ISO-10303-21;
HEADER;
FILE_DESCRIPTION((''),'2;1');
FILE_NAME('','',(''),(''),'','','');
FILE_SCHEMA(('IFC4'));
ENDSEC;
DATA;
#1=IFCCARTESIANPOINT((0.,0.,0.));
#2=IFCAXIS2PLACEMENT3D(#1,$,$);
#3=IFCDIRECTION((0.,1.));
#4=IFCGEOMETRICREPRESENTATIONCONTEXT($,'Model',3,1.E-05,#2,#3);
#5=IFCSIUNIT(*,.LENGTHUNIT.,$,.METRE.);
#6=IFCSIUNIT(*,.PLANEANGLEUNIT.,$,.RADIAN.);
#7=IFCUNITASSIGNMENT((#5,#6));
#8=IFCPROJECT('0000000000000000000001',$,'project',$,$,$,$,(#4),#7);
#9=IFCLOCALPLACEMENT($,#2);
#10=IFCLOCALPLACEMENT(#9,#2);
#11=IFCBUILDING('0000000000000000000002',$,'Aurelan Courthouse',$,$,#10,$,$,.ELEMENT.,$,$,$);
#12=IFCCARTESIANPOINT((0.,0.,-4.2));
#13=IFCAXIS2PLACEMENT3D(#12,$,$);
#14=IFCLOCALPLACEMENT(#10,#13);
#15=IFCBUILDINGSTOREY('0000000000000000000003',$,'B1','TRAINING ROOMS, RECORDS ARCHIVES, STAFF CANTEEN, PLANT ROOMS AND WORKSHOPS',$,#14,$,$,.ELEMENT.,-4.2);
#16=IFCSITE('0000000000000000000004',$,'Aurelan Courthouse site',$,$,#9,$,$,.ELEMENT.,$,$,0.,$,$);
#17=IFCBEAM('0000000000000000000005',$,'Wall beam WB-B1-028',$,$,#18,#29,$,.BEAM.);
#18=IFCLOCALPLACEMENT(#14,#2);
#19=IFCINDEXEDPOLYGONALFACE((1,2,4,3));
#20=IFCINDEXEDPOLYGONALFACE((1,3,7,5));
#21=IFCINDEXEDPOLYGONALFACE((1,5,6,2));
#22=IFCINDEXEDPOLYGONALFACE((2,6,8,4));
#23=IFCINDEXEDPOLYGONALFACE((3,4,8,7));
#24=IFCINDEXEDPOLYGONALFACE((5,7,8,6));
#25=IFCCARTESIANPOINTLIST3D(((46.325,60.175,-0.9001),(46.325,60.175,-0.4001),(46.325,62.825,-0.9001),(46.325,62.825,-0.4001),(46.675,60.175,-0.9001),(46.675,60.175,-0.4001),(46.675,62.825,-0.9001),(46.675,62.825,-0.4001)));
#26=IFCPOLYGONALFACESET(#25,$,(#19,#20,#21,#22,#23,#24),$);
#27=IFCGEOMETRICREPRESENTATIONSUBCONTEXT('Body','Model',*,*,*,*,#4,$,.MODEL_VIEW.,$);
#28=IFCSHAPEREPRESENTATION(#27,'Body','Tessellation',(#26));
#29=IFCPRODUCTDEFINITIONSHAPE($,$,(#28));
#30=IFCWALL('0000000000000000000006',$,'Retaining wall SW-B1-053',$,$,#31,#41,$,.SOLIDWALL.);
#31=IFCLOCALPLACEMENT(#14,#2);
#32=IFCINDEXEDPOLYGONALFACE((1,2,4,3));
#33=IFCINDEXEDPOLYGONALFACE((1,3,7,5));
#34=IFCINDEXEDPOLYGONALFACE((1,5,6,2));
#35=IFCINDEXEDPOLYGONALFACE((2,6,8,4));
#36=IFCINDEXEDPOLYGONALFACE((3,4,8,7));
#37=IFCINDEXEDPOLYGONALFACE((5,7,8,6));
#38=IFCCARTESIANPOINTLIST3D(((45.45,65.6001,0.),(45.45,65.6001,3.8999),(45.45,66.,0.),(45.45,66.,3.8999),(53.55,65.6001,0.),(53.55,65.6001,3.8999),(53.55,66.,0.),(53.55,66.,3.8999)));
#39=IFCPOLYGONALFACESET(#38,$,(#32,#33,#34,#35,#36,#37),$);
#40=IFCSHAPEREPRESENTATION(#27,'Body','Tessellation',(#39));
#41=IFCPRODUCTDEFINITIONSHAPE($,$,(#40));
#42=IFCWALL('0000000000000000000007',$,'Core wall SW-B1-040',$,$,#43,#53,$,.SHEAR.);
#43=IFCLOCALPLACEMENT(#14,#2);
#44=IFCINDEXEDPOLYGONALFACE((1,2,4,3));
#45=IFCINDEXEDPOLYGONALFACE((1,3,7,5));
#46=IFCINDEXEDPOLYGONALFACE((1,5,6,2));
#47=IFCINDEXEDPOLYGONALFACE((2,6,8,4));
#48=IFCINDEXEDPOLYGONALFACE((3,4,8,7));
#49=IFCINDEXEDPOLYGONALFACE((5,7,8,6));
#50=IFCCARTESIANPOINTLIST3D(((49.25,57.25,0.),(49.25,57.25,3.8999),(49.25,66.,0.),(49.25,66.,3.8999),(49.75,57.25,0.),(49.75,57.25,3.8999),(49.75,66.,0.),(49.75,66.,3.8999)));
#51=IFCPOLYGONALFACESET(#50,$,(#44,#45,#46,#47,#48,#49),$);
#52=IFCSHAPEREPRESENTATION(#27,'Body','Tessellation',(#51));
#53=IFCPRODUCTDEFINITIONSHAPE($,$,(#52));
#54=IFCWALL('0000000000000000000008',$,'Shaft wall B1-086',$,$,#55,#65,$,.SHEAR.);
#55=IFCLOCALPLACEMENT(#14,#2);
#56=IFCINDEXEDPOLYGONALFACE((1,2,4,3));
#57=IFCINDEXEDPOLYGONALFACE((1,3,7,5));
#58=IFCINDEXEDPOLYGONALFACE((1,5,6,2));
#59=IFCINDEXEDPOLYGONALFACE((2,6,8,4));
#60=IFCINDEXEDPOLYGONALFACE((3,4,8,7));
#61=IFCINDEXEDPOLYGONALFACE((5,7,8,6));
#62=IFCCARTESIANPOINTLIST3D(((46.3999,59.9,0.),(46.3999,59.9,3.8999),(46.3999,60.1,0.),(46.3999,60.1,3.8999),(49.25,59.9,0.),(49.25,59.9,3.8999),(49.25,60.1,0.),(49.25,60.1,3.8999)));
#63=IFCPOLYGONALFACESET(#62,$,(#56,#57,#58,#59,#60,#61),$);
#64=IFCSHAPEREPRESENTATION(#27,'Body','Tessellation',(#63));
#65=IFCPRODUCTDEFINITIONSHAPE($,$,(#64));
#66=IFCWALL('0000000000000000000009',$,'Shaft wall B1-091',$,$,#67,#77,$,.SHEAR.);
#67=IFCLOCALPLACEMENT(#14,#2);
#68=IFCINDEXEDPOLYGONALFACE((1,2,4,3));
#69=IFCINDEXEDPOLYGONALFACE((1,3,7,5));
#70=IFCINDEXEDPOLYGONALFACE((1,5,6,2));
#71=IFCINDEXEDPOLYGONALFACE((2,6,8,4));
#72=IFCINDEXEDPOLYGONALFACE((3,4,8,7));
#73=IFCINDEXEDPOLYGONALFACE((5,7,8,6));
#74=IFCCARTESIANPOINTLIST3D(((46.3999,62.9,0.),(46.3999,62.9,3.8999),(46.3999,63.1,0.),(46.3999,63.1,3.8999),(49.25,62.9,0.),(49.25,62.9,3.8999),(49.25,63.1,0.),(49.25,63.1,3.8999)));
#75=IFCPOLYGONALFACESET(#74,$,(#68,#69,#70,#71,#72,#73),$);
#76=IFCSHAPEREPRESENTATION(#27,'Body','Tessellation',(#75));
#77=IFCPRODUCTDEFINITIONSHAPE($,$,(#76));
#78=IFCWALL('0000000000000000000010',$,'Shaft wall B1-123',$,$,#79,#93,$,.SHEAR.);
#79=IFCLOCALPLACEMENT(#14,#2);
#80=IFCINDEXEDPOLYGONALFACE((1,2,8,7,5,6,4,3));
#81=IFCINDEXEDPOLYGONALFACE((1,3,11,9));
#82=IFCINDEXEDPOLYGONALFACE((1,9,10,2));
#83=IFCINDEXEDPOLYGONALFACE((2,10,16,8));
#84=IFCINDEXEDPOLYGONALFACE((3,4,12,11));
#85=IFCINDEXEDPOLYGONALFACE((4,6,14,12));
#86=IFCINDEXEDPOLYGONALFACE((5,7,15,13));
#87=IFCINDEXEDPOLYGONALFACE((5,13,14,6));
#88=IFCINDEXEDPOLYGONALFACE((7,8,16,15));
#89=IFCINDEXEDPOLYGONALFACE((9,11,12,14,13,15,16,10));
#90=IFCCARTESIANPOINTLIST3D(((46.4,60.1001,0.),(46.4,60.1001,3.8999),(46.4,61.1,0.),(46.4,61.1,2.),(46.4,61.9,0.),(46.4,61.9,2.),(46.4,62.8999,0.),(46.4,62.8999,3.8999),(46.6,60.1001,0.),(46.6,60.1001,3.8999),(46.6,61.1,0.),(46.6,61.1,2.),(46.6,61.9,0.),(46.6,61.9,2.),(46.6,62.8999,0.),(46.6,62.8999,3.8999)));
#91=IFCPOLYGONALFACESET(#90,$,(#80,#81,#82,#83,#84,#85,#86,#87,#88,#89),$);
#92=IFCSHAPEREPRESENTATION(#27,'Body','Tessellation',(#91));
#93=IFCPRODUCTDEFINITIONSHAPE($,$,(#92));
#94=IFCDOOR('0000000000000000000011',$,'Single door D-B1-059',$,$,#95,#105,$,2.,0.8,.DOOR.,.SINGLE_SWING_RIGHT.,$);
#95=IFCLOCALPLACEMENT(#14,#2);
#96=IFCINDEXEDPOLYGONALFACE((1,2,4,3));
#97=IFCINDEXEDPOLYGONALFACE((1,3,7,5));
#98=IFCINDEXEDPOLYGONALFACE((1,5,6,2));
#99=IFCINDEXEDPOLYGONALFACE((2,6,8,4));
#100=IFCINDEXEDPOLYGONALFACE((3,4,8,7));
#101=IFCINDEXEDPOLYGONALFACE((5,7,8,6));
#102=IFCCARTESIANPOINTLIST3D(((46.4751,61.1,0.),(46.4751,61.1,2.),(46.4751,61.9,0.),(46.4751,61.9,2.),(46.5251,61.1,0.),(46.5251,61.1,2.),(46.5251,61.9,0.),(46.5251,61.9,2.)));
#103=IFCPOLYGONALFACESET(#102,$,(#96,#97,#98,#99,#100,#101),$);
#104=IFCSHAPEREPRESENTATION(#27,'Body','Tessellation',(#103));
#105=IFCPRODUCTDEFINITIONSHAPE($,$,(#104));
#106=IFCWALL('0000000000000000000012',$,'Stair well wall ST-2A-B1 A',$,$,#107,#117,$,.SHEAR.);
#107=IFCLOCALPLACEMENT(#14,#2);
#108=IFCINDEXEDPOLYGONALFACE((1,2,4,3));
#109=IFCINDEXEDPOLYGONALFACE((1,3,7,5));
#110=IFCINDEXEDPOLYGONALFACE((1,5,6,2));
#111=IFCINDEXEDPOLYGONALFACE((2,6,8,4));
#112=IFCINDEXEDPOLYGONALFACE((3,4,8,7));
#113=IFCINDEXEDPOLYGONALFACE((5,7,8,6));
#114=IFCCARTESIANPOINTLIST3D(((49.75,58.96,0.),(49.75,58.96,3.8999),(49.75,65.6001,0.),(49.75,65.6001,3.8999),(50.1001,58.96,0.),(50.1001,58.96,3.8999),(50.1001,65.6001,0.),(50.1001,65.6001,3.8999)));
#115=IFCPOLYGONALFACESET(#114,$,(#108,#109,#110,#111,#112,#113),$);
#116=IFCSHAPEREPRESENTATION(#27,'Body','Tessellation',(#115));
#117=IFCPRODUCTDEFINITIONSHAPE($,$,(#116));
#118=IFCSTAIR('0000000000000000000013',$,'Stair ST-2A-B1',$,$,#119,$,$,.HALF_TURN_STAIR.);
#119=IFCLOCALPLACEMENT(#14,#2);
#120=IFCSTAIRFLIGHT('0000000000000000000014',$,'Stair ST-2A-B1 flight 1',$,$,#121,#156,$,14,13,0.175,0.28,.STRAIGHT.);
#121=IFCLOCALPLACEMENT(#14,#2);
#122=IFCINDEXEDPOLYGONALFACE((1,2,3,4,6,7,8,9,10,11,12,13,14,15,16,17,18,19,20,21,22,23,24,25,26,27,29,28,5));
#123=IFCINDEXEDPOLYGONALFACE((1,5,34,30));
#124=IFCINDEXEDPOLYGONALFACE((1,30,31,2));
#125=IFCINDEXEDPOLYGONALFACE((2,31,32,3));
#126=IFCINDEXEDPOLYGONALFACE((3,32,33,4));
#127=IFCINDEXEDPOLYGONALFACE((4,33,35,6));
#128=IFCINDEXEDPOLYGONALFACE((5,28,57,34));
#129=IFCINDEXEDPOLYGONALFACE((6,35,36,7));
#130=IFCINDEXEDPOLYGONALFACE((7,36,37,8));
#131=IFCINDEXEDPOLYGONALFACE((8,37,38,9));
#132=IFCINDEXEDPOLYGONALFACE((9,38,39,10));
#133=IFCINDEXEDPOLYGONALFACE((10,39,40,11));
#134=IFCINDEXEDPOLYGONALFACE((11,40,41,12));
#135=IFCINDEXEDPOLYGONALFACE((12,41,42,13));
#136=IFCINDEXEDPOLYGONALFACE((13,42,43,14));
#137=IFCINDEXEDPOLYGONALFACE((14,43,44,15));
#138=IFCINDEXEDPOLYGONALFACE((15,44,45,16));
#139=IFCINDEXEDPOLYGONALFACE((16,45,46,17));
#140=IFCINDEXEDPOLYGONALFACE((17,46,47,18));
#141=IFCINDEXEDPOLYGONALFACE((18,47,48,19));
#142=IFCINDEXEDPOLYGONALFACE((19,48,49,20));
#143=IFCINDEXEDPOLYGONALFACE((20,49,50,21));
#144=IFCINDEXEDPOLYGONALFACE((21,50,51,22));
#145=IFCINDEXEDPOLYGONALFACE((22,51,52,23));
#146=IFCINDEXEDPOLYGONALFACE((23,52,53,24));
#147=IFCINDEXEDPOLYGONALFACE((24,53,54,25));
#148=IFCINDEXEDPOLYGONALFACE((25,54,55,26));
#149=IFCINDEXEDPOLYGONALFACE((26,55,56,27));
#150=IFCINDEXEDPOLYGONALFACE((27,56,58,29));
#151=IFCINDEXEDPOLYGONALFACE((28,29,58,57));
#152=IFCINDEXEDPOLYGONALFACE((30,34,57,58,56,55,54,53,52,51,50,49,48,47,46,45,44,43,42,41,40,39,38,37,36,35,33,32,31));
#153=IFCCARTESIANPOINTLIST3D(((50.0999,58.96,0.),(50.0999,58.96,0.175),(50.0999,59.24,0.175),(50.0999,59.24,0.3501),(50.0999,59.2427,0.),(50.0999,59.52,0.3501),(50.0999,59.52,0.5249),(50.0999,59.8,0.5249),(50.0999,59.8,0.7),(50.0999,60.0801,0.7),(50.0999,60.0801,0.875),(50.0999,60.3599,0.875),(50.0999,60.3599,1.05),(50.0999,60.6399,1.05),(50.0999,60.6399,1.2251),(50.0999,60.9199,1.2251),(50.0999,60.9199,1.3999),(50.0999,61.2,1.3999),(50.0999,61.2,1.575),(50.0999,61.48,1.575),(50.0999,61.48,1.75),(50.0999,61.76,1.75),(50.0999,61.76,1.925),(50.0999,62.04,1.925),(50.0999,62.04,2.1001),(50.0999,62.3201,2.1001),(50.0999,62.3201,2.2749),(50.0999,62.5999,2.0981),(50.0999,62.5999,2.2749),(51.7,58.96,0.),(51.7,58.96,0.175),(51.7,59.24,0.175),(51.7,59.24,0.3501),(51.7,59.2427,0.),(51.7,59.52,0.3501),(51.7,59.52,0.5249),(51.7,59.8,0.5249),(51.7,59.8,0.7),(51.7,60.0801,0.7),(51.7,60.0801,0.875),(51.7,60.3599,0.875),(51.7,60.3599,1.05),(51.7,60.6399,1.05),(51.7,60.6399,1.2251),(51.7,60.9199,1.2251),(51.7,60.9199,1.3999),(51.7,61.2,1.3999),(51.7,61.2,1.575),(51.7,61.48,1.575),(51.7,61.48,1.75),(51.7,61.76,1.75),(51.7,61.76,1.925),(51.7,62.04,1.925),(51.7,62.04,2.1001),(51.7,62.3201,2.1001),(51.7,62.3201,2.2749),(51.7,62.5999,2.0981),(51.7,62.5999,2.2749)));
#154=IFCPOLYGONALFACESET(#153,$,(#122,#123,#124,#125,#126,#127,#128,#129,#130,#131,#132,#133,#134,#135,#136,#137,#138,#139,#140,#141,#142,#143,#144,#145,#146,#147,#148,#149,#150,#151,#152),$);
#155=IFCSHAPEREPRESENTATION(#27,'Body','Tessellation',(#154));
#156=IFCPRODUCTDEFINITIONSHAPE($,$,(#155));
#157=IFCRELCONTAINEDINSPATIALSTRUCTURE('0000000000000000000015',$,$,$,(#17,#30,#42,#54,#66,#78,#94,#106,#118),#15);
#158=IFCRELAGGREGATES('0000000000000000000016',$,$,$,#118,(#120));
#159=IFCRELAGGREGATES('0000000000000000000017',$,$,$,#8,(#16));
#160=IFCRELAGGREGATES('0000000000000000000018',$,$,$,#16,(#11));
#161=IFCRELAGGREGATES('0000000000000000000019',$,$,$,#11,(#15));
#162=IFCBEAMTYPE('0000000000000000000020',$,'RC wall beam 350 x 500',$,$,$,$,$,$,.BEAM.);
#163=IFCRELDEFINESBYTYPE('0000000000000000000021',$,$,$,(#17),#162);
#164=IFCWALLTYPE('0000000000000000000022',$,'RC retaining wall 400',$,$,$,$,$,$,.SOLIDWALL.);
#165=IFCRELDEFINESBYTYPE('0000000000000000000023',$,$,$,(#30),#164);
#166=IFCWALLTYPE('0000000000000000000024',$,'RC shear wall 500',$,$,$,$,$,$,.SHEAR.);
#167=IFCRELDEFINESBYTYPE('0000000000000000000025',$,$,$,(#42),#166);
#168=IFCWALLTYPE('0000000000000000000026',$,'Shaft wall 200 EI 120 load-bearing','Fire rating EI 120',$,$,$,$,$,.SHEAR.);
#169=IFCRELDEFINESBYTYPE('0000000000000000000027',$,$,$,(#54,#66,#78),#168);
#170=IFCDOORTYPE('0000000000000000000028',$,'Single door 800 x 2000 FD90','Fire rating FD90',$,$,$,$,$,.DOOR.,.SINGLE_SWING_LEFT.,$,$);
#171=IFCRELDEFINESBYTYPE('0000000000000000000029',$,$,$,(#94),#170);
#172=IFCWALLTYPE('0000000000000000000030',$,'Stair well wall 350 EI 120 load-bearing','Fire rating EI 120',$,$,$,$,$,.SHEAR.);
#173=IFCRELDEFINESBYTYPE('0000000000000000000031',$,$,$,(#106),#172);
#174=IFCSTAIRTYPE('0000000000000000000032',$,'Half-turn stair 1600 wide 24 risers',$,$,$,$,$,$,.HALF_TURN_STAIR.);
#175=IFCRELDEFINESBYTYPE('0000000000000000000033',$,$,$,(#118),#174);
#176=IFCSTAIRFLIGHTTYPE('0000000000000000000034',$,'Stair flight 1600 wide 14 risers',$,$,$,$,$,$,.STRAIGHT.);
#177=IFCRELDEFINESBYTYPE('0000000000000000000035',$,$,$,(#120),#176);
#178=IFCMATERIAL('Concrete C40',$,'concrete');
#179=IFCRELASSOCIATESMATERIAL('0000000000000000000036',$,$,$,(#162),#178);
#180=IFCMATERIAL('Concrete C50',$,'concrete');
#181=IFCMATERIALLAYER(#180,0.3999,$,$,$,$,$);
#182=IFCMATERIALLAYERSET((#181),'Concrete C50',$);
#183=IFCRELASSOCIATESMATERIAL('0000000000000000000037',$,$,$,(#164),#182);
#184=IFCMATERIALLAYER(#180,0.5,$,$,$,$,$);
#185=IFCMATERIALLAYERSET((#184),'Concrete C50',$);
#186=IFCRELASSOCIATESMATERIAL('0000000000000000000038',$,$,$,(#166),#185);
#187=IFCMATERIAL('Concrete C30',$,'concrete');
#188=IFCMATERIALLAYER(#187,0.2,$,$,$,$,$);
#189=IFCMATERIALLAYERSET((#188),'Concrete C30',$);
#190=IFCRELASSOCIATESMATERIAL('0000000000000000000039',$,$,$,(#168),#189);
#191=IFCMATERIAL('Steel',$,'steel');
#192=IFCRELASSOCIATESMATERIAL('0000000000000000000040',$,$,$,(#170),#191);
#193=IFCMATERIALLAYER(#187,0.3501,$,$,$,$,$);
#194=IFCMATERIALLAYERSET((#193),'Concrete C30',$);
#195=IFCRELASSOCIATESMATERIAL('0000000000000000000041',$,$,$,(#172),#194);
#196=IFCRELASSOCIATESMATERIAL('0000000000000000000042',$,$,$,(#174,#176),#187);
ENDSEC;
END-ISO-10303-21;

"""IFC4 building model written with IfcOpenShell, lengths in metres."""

from ifc_helpers import new_model, si_unit, direction, frame, frame_2d, origin, origin_2d, place, context, subcontext, project, spatial, polyline, rectangle, outline, extrude, material, layer, layer_set, material_profile, profile_set, type_object, element, fill, aggregate, save


model = new_model("IFC4")

# Units and contexts
model_context = context("Model", 3, precision=1e-05, world=origin(), true_north=direction((0.0, 1.0)))
body_context = subcontext(model_context, "Body", "Model", "MODEL_VIEW")
ifc_project = project(units=[si_unit("LENGTHUNIT", "METRE"), si_unit("PLANEANGLEUNIT", "RADIAN")], contexts=[model_context])

# Site, building, storey
site_placement = place(None, origin())
site = spatial("IfcSite", under=ifc_project, at=site_placement, Name="Aurelan Courthouse site", CompositionType="ELEMENT", RefElevation=0.0)
building_placement = place(site_placement, origin())
building = spatial("IfcBuilding", under=site, at=building_placement, Name="Aurelan Courthouse", CompositionType="ELEMENT")
storey_placement = place(building_placement, frame((0.0, 0.0, -4.2)))
storey = spatial("IfcBuildingStorey", under=building, at=storey_placement, Name="B1", Description="TRAINING ROOMS, RECORDS ARCHIVES, STAFF CANTEEN, PLANT ROOMS AND WORKSHOPS", CompositionType="ELEMENT", Elevation=-4.2)

# Beam
ifc_material_1 = material(Name="Concrete C40", Category="concrete")
ifc_material_profile = material_profile(ifc_material_1, rectangle(XDim=0.3501, YDim=0.5, at=origin_2d()), Name="RC 350 x 500")
ifc_profile_set = profile_set([ifc_material_profile], Name="Concrete C40")
beam_type = type_object("IfcBeamType", Name="RC wall beam 350 x 500", PredefinedType="BEAM", material=ifc_profile_set)
beam_placement = place(storey_placement, frame((46.5, 60.175, -0.6501), z_axis=(0.0, 1.0, 0.0), x_axis=(-1.0, 0.0, 0.0)))
element("IfcBeam", 1, at=beam_placement, inside=storey, type_object=beam_type, Name="Wall beam WB-B1-028", PredefinedType="BEAM", context=body_context, shape_type="SweptSolid", body=[
    extrude(rectangle(XDim=0.3501, YDim=0.5, at=origin_2d()), origin(), (0.0, 0.0, 1.0), 2.6499),
])

# Walls
ifc_material_2 = material(Name="Concrete C50", Category="concrete")
ifc_layer_1 = layer(ifc_material_2, 0.3999)
ifc_layer_set_1 = layer_set([ifc_layer_1], Name="Concrete C50")
wall_type_1 = type_object("IfcWallType", Name="RC retaining wall 400", PredefinedType="SOLIDWALL", material=ifc_layer_set_1)
wall_1_placement = place(storey_placement, frame((45.45, 65.8, 0.0), z_axis=(0.0, 0.0, 1.0), x_axis=(1.0, 0.0, 0.0)))
element("IfcWall", 2, at=wall_1_placement, inside=storey, type_object=wall_type_1, Name="Retaining wall SW-B1-053", PredefinedType="SOLIDWALL", context=body_context, shape_type="SweptSolid", body=[
    extrude(rectangle(XDim=8.1001, YDim=0.3999, at=frame_2d((4.05, 0.0))), origin(), (0.0, 0.0, 1.0), 3.8999),
])
ifc_layer_2 = layer(ifc_material_2, 0.5)
ifc_layer_set_2 = layer_set([ifc_layer_2], Name="Concrete C50")
wall_type_2 = type_object("IfcWallType", Name="RC shear wall 500", PredefinedType="SHEAR", material=ifc_layer_set_2)
wall_2_placement = place(storey_placement, frame((49.5, 57.25, 0.0), z_axis=(0.0, 0.0, 1.0), x_axis=(0.0, 1.0, 0.0)))
element("IfcWall", 3, at=wall_2_placement, inside=storey, type_object=wall_type_2, Name="Core wall SW-B1-040", PredefinedType="SHEAR", context=body_context, shape_type="SweptSolid", body=[
    extrude(rectangle(XDim=8.75, YDim=0.5, at=frame_2d((4.375, 0.0))), origin(), (0.0, 0.0, 1.0), 3.8999),
])
ifc_material_3 = material(Name="Concrete C30", Category="concrete")
ifc_layer_3 = layer(ifc_material_3, 0.2)
ifc_layer_set_3 = layer_set([ifc_layer_3], Name="Concrete C30")
wall_type_3 = type_object("IfcWallType", Name="Shaft wall 200 EI 120 load-bearing", Description="Fire rating EI 120", PredefinedType="SHEAR", material=ifc_layer_set_3)
for number, where, z_axis, x_axis, name in (
    (4, (46.3999, 60.0, 0.0), (0.0, 0.0, 1.0), (1.0, 0.0, 0.0), "Shaft wall B1-086"),
    (5, (46.3999, 63.0, 0.0), (0.0, 0.0, 1.0), (1.0, 0.0, 0.0), "Shaft wall B1-091"),
):
    element("IfcWall", number, at=place(storey_placement, frame(where, z_axis=z_axis, x_axis=x_axis)), inside=storey, type_object=wall_type_3, Name=name, PredefinedType="SHEAR", context=body_context, shape_type="SweptSolid", body=[
        extrude(rectangle(XDim=2.8501, YDim=0.2, at=frame_2d((1.425, 0.0))), origin(), (0.0, 0.0, 1.0), 3.8999),
    ])

# Wall, opening, door
wall_3_placement = place(storey_placement, frame((46.5, 60.1001, 0.0), z_axis=(0.0, 0.0, 1.0), x_axis=(0.0, 1.0, 0.0)))
wall_3 = element("IfcWall", 6, at=wall_3_placement, inside=storey, type_object=wall_type_3, Name="Shaft wall B1-123", PredefinedType="SHEAR", context=body_context, shape_type="SweptSolid", body=[
    extrude(rectangle(XDim=2.7998, YDim=0.2, at=frame_2d((1.3999, 0.0))), origin(), (0.0, 0.0, 1.0), 3.8999),
])
opening_placement = place(wall_3_placement, frame((1.0, 0.0, 0.0)))
opening = element("IfcOpeningElement", 7, at=opening_placement, cuts=wall_3, PredefinedType="OPENING", context=body_context, shape_type="SweptSolid", body=[
    extrude(rectangle(XDim=0.8, YDim=2.0, at=frame_2d((0.3999, 1.0))), frame((0.0, 0.1099, 0.0), z_axis=(0.0, -1.0, 0.0), x_axis=(1.0, 0.0, 0.0)), (0.0, 0.0, 1.0), 0.22),
])
ifc_material_4 = material(Name="Steel", Category="steel")
door_type = type_object("IfcDoorType", Name="Single door 800 x 2000 FD90", Description="Fire rating FD90", OperationType="SINGLE_SWING_LEFT", PredefinedType="DOOR", material=ifc_material_4)
door_placement = place(opening_placement, origin())
door = element("IfcDoor", 8, at=door_placement, inside=storey, type_object=door_type, Name="Single door D-B1-059", OperationType="SINGLE_SWING_RIGHT", OverallHeight=2.0, OverallWidth=0.8, PredefinedType="DOOR", context=body_context, shape_type="SweptSolid", body=[
    extrude(rectangle(XDim=0.8, YDim=2.0, at=frame_2d((0.3999, 1.0))), frame((0.0, 0.0249, 0.0), z_axis=(0.0, -1.0, 0.0), x_axis=(1.0, 0.0, 0.0)), (0.0, 0.0, 1.0), 0.05),
])
fill(opening, door)

# Wall
ifc_layer_4 = layer(ifc_material_3, 0.3501)
ifc_layer_set_4 = layer_set([ifc_layer_4], Name="Concrete C30")
wall_type_4 = type_object("IfcWallType", Name="Stair well wall 350 EI 120 load-bearing", Description="Fire rating EI 120", PredefinedType="SHEAR", material=ifc_layer_set_4)
wall_4_placement = place(storey_placement, frame((49.925, 58.96, 0.0), z_axis=(0.0, 0.0, 1.0), x_axis=(0.0, 1.0, 0.0)))
element("IfcWall", 9, at=wall_4_placement, inside=storey, type_object=wall_type_4, Name="Stair well wall ST-2A-B1 A", PredefinedType="SHEAR", context=body_context, shape_type="SweptSolid", body=[
    extrude(rectangle(XDim=6.6401, YDim=0.3501, at=frame_2d((3.3201, 0.0))), origin(), (0.0, 0.0, 1.0), 3.8999),
])

# Stair, stair flight
stair_type = type_object("IfcStairType", Name="Half-turn stair 1600 wide 24 risers", PredefinedType="HALF_TURN_STAIR", material=ifc_material_3)
stair_placement = place(storey_placement, origin())
stair = element("IfcStair", 10, at=stair_placement, inside=storey, type_object=stair_type, Name="Stair ST-2A-B1", PredefinedType="HALF_TURN_STAIR")
stair_flight_type = type_object("IfcStairFlightType", Name="Stair flight 1600 wide 14 risers", PredefinedType="STRAIGHT", material=ifc_material_3)
stair_flight_1_placement = place(storey_placement, frame((50.8999, 58.96, 0.0), z_axis=(0.0, 0.0, 1.0), x_axis=(0.0, 1.0, 0.0)))
stair_flight_1 = element("IfcStairFlight", 11, at=stair_flight_1_placement, type_object=stair_flight_type, Name="Stair ST-2A-B1 flight 1", NumberOfRisers=14, NumberOfTreads=13, PredefinedType="STRAIGHT", RiserHeight=0.175, TreadLength=0.28, context=body_context, shape_type="SweptSolid", body=[
    extrude(outline(polyline([(0.0, 0.0), (0.0, 0.175), (0.28, 0.175), (0.28, 0.3501), (0.5601, 0.3501), (0.5601, 0.5249), (0.8401, 0.5249), (0.8401, 0.7), (1.1201, 0.7), (1.1201, 0.875), (1.3999, 0.875), (1.3999, 1.05), (1.6799, 1.05), (1.6799, 1.2251), (1.96, 1.2251), (1.96, 1.3999), (2.24, 1.3999), (2.24, 1.575), (2.52, 1.575), (2.52, 1.75), (2.8, 1.75), (2.8, 1.925), (3.0801, 1.925), (3.0801, 2.1001), (3.3601, 2.1001), (3.3601, 2.2749), (3.6399, 2.2749), (3.6399, 2.45), (3.6399, 2.0981), (0.2827, 0.0), (0.0, 0.0)])), frame((0.0, 0.8, 0.0), z_axis=(0.0, -1.0, 0.0), x_axis=(1.0, 0.0, 0.0)), (0.0, 0.0, 1.0), 1.6001),
])
aggregate(stair, [stair_flight_1])

save(model, "model.ifc")
